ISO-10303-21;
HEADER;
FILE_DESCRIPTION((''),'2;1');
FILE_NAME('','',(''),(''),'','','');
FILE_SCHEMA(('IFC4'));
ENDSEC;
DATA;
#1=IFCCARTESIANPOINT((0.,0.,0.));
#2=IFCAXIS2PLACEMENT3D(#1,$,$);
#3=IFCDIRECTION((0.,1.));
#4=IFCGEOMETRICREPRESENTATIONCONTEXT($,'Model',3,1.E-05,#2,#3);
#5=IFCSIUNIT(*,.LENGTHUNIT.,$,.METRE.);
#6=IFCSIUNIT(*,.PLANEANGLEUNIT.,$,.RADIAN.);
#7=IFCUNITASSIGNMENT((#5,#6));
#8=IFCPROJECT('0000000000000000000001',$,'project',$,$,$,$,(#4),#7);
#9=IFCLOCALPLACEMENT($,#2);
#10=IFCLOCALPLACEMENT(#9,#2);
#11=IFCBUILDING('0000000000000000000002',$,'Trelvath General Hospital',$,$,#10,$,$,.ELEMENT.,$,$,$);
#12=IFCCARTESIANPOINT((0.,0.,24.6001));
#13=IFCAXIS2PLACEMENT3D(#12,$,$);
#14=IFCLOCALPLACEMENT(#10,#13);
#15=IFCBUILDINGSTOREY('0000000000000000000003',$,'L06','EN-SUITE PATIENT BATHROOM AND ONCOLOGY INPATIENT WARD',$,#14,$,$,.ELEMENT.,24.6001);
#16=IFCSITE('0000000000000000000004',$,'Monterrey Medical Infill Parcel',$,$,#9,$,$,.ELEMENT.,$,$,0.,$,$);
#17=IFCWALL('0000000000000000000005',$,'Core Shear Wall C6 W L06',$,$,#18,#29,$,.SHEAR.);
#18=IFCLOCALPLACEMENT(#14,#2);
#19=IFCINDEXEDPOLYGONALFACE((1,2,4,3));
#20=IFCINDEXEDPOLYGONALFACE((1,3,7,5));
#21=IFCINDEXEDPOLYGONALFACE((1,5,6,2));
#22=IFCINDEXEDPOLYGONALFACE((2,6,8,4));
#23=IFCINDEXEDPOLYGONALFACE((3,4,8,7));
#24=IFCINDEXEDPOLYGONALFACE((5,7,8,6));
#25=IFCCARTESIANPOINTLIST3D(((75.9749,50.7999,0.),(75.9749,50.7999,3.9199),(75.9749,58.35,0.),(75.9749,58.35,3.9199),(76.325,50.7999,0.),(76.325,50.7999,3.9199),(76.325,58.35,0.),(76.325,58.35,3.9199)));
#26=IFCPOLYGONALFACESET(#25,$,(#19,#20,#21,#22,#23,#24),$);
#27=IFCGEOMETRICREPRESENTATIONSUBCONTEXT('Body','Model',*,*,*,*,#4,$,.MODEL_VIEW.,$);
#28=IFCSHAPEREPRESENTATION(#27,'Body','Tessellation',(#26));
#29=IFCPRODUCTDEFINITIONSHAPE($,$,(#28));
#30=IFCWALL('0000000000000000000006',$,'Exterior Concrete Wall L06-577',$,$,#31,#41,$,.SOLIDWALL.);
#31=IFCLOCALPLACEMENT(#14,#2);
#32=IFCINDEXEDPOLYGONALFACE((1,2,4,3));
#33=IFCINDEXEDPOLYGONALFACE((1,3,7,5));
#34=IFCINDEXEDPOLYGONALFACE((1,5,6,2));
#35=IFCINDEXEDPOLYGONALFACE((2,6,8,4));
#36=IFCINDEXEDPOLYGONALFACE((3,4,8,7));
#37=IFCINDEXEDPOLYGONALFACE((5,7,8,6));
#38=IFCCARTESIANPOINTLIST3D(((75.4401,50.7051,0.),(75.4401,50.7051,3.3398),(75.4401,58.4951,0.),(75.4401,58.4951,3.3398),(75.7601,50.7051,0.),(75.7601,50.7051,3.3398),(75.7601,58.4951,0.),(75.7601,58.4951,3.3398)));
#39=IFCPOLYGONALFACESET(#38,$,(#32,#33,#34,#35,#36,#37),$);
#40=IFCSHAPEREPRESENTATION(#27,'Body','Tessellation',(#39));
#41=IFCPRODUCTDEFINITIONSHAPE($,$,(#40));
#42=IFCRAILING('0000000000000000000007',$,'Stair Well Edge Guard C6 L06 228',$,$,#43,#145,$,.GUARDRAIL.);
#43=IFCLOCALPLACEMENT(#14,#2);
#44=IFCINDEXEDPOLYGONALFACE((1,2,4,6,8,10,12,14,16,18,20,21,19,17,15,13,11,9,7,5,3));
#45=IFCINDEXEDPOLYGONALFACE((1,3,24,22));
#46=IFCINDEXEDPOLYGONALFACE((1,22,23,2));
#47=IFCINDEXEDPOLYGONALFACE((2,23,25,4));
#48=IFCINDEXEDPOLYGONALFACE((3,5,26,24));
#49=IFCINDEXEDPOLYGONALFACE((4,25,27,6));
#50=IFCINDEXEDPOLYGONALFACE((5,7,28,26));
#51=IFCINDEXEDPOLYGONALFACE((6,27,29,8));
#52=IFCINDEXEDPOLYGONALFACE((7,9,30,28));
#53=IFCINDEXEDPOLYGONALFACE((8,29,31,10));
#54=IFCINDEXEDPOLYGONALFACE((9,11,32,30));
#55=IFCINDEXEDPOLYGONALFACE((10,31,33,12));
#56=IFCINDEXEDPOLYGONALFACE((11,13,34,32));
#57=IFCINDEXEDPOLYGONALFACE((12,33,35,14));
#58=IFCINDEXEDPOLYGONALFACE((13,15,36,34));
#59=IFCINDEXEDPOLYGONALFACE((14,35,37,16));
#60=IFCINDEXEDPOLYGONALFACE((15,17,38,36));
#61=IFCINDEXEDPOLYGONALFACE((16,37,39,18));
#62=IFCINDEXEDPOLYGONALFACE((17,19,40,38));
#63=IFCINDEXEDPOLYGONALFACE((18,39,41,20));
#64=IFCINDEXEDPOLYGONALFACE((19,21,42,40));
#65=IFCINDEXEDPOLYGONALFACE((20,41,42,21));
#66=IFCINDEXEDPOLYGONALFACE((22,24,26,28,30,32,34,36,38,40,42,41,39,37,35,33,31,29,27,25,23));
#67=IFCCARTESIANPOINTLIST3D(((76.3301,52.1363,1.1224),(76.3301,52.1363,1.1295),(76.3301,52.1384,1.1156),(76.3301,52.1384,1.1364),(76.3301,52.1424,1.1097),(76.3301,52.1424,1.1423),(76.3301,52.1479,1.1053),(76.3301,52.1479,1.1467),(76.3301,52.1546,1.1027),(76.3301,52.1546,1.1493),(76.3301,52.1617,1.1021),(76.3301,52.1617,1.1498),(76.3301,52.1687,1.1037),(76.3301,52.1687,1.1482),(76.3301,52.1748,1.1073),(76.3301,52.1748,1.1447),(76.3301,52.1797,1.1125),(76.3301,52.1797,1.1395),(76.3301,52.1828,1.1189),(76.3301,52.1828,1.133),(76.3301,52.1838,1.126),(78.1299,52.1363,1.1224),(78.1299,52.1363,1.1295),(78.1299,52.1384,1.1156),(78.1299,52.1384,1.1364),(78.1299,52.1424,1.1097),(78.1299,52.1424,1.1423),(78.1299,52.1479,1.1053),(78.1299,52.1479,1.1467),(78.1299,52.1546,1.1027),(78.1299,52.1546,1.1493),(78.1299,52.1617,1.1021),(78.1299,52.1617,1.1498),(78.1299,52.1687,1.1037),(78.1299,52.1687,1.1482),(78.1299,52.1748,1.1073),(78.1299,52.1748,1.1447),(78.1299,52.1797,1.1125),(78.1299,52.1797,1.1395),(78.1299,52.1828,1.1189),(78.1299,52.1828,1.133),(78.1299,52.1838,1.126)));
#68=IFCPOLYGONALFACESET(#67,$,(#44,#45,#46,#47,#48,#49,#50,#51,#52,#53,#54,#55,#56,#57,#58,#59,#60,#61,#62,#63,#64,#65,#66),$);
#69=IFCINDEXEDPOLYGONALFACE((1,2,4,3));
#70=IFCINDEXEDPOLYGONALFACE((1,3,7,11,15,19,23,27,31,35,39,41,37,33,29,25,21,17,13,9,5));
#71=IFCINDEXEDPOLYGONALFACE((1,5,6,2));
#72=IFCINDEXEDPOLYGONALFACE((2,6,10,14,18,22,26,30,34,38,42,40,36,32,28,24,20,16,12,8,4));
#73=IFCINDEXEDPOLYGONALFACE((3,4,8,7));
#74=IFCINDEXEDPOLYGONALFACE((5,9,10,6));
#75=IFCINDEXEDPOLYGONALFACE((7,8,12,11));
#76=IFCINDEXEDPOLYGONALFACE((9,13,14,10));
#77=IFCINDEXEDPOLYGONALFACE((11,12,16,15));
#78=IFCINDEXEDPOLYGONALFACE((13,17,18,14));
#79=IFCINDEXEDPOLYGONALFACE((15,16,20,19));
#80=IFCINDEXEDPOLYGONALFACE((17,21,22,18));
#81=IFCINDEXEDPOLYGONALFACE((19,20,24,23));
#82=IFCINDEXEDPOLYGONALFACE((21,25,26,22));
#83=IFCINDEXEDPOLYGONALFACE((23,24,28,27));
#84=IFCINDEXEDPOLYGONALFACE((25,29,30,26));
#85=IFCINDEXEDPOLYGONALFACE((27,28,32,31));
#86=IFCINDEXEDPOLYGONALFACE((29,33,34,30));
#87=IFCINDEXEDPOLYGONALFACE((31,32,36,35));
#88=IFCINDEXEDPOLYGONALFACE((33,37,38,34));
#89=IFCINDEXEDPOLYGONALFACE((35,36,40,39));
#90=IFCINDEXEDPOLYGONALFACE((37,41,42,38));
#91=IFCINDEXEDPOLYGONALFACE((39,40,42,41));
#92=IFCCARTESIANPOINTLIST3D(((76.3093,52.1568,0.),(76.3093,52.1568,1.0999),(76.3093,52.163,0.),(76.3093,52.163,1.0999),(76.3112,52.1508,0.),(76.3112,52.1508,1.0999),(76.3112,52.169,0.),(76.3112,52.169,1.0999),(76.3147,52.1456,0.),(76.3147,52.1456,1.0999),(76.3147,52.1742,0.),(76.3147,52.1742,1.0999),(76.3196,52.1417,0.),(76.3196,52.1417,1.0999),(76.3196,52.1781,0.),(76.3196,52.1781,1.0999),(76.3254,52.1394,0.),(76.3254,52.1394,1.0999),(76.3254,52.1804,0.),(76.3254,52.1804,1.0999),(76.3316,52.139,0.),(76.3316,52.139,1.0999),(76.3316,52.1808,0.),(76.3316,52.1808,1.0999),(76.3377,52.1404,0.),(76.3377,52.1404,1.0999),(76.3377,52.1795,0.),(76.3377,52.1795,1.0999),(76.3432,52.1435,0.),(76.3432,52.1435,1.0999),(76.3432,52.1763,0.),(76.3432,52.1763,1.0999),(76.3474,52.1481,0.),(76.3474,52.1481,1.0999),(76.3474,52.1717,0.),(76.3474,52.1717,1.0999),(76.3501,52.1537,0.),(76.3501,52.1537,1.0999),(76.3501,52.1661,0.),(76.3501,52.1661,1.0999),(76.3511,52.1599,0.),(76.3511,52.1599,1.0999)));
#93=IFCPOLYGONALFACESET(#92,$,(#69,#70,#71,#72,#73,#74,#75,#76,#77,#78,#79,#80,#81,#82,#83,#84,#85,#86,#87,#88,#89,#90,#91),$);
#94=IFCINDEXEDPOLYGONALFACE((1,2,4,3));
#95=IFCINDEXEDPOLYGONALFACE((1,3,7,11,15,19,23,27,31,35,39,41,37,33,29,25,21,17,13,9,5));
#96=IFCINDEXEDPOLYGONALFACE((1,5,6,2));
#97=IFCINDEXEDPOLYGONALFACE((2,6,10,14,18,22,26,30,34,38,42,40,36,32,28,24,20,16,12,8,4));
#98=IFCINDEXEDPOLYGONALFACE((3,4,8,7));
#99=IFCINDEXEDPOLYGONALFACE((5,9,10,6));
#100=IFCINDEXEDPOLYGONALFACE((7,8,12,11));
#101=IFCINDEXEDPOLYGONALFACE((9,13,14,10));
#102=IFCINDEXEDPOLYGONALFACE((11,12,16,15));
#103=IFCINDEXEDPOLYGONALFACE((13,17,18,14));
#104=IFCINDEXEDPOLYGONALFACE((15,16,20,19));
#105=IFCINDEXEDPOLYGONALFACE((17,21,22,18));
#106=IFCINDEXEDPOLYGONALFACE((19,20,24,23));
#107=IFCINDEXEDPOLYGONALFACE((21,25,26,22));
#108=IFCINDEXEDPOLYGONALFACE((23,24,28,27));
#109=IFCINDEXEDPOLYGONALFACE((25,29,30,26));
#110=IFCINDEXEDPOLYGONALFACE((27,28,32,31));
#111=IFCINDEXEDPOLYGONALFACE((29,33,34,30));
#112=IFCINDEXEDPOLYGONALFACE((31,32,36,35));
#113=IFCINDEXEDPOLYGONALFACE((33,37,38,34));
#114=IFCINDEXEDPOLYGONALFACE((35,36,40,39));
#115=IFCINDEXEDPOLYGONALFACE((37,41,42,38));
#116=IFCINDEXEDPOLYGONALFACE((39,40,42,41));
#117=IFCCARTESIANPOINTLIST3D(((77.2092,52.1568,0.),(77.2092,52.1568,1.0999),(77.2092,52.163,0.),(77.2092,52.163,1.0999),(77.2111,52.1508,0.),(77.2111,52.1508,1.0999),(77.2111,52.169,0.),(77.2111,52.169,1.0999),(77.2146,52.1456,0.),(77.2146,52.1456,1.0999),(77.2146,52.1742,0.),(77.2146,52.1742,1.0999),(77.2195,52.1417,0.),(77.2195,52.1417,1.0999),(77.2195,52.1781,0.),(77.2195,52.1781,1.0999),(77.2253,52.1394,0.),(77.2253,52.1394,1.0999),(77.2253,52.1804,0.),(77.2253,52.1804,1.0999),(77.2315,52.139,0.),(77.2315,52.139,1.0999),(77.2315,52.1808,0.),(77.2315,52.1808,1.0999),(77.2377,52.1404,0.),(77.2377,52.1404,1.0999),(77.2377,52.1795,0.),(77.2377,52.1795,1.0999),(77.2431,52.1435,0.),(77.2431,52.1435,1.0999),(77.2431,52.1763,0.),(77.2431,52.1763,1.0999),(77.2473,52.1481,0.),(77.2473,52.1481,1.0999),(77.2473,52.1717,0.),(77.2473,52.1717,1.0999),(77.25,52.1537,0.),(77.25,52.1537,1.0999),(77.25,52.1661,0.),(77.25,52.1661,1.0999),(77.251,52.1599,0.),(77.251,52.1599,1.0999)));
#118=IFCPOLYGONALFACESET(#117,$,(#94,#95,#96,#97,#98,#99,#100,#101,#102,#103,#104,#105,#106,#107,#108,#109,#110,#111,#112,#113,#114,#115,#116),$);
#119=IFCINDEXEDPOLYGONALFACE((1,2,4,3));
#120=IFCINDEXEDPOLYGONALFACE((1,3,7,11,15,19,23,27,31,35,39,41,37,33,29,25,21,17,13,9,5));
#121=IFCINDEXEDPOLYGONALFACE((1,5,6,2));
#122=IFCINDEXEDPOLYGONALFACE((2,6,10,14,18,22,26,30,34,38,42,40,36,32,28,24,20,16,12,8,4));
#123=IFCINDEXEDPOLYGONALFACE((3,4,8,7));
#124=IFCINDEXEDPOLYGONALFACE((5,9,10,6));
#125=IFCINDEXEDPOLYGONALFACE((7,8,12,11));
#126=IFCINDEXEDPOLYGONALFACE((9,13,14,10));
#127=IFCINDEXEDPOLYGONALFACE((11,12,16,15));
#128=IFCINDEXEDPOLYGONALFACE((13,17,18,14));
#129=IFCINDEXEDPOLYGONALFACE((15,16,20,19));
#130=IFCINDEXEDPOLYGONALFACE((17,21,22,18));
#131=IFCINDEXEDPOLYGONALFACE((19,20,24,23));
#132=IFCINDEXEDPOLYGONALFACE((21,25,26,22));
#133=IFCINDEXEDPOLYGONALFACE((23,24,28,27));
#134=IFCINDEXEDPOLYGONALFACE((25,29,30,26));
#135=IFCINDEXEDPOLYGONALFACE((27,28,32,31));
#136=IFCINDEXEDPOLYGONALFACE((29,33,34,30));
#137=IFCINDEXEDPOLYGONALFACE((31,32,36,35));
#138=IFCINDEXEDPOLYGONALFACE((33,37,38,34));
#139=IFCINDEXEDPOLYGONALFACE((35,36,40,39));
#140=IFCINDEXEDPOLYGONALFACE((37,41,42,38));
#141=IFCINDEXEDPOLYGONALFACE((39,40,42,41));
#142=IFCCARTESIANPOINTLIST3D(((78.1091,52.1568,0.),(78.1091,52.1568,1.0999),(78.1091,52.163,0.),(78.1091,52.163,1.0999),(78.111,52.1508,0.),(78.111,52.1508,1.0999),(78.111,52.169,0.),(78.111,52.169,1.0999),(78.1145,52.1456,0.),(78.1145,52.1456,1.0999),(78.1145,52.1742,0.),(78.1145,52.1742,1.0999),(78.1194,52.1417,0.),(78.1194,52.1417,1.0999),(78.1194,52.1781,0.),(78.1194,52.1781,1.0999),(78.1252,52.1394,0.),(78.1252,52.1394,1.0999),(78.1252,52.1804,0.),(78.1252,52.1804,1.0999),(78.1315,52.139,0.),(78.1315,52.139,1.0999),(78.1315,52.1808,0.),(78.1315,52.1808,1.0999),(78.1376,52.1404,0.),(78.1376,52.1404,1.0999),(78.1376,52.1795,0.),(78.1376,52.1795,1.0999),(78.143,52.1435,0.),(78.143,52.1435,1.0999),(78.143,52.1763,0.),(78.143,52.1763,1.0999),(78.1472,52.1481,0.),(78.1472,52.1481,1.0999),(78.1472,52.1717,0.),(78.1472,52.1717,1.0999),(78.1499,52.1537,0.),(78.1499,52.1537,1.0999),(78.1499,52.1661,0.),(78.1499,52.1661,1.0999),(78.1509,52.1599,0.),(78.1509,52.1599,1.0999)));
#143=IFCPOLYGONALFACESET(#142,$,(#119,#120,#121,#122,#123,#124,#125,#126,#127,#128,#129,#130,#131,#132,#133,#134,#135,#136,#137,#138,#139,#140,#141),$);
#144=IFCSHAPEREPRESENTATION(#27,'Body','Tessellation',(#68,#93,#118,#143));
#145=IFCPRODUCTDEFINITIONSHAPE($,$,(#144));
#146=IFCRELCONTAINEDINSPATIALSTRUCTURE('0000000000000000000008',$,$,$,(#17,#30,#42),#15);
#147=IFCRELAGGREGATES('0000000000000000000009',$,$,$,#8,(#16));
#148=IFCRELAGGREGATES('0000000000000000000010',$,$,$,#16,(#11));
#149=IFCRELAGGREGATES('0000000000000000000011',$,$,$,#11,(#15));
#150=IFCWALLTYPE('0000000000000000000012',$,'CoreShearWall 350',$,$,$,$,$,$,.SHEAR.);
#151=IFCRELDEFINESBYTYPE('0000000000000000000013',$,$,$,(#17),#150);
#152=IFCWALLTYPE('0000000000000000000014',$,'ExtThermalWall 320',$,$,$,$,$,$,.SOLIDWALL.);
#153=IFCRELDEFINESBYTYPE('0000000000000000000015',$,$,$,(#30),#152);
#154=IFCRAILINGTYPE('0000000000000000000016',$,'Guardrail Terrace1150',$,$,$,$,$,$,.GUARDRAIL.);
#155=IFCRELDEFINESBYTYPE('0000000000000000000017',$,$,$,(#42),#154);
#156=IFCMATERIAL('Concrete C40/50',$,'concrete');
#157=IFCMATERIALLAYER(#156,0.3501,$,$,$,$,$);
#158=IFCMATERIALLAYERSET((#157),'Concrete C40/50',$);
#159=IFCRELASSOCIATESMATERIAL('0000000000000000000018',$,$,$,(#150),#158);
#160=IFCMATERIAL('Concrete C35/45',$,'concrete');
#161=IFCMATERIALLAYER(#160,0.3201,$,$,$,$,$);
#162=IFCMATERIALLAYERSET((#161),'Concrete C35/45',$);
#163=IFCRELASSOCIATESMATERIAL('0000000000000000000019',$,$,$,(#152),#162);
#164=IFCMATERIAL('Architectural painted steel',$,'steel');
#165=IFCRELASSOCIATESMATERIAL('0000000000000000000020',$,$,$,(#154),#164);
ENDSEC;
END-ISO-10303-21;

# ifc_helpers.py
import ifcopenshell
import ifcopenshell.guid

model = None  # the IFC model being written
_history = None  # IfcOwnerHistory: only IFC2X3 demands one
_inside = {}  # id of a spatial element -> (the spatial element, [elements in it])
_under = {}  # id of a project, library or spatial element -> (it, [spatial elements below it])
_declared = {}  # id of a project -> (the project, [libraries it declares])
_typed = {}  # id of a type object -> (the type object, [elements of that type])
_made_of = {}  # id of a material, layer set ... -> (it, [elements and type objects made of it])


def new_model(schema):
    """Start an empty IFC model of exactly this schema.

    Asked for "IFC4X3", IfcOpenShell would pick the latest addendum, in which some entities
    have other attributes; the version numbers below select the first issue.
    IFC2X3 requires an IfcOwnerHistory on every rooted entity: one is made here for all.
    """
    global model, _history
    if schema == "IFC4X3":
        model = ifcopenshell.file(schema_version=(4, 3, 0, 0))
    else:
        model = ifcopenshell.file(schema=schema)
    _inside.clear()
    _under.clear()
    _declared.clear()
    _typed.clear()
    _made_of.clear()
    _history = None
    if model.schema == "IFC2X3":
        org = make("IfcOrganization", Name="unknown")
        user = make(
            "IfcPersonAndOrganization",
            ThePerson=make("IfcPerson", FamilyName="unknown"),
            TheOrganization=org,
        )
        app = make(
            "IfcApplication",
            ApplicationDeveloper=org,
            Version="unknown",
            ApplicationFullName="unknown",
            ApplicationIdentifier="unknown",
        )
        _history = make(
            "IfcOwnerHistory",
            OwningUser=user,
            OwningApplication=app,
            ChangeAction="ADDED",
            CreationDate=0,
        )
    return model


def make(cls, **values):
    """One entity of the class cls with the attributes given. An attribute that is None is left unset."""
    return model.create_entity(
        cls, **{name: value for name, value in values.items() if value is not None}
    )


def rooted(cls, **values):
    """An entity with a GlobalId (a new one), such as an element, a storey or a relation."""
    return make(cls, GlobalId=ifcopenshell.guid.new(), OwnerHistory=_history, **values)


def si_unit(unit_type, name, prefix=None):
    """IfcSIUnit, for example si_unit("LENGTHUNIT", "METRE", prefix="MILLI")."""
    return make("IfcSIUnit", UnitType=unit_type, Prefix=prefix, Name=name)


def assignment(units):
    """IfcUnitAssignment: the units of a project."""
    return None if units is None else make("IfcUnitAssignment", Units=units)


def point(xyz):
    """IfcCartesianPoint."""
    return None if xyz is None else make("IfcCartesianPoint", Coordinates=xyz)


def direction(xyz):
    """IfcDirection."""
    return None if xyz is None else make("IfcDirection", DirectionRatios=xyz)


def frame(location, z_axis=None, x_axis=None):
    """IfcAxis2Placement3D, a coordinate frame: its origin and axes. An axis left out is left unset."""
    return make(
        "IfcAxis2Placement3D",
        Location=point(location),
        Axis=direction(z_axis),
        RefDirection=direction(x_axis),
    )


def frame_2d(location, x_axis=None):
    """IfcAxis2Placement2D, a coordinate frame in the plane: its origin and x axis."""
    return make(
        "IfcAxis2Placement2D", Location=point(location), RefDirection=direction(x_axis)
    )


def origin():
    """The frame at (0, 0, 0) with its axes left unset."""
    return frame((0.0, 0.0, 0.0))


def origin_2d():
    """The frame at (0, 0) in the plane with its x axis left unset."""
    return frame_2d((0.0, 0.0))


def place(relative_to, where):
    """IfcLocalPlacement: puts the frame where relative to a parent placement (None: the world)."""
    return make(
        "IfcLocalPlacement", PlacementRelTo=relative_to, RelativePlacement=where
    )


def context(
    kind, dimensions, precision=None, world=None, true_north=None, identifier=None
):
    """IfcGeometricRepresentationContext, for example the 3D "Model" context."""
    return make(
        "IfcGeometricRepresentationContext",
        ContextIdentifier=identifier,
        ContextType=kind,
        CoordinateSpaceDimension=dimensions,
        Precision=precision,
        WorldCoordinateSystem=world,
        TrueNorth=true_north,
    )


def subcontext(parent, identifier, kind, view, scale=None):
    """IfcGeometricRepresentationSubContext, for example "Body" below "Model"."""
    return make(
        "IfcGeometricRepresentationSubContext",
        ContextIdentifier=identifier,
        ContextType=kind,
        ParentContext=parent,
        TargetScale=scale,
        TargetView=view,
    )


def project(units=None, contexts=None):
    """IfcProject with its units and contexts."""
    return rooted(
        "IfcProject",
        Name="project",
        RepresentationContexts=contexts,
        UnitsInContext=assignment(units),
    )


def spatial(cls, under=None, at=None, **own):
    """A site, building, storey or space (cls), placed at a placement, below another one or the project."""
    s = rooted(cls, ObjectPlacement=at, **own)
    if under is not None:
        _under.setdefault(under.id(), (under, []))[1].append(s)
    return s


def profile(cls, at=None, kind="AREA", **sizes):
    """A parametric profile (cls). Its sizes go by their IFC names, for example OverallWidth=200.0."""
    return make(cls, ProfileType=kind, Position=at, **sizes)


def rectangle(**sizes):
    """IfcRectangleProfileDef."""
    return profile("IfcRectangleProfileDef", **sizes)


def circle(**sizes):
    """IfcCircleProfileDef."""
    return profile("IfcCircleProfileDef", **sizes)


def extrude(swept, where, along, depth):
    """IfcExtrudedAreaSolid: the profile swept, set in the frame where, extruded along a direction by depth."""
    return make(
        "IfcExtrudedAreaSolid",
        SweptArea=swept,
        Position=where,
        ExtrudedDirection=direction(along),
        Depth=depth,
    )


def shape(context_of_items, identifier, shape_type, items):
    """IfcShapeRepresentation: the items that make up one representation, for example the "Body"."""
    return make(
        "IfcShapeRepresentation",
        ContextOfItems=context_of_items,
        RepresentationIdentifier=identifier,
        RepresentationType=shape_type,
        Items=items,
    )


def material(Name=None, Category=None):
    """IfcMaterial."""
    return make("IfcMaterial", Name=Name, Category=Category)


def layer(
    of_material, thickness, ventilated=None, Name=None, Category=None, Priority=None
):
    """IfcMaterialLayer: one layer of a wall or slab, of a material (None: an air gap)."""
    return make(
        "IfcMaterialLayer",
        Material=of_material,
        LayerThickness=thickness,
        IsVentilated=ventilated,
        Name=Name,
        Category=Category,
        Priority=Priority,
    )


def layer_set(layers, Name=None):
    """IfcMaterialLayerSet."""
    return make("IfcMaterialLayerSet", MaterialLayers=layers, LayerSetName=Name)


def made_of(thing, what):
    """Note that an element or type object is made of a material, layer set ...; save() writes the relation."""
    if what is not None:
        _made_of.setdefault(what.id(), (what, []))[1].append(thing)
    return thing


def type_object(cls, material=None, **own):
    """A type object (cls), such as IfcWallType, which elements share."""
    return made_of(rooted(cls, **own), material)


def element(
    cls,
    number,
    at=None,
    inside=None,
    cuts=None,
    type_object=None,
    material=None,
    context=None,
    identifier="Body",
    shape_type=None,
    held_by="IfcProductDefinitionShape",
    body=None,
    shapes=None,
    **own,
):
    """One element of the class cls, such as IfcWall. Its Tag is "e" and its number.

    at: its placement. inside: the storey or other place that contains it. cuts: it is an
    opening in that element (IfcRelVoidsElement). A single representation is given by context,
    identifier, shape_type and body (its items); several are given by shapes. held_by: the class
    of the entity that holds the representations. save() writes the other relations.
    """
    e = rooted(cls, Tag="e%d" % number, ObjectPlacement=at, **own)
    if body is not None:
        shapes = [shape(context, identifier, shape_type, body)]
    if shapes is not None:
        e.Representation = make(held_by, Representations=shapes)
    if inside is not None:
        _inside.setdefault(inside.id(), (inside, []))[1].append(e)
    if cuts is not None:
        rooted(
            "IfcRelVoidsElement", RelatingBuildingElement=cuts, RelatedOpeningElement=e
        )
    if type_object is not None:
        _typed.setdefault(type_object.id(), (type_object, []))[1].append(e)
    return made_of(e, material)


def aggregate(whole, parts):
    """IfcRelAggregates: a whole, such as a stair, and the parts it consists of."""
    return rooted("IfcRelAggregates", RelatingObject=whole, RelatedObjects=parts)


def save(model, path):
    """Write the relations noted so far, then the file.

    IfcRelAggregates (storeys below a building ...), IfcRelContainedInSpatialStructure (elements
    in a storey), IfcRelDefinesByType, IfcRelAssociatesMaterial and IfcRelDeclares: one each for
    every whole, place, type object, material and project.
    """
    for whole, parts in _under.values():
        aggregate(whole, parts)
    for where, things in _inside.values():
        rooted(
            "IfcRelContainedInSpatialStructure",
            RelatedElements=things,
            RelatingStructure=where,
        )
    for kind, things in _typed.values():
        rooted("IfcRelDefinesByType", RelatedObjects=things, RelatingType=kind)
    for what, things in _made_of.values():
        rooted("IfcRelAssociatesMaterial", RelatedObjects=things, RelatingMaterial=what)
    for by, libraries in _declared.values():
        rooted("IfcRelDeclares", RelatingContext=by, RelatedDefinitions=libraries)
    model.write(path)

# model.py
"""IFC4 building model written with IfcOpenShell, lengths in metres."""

from ifc_helpers import new_model, si_unit, direction, frame, frame_2d, origin, origin_2d, place, context, subcontext, project, spatial, rectangle, circle, extrude, material, layer, layer_set, type_object, element, save


model = new_model("IFC4")

# Units and contexts
model_context = context("Model", 3, precision=1e-05, world=origin(), true_north=direction((0.0, 1.0)))
body_context = subcontext(model_context, "Body", "Model", "MODEL_VIEW")
ifc_project = project(units=[si_unit("LENGTHUNIT", "METRE"), si_unit("PLANEANGLEUNIT", "RADIAN")], contexts=[model_context])

# Site, building, storey
site_placement = place(None, origin())
site = spatial("IfcSite", under=ifc_project, at=site_placement, Name="Monterrey Medical Infill Parcel", CompositionType="ELEMENT", RefElevation=0.0)
building_placement = place(site_placement, origin())
building = spatial("IfcBuilding", under=site, at=building_placement, Name="Trelvath General Hospital", CompositionType="ELEMENT")
storey_placement = place(building_placement, frame((0.0, 0.0, 24.6001)))
storey = spatial("IfcBuildingStorey", under=building, at=storey_placement, Name="L06", Description="EN-SUITE PATIENT BATHROOM AND ONCOLOGY INPATIENT WARD", CompositionType="ELEMENT", Elevation=24.6001)

# Shared definitions
ifc_material_1 = material(Name="Concrete C40/50", Category="concrete")
ifc_layer_1 = layer(ifc_material_1, 0.3501)
ifc_layer_set_1 = layer_set([ifc_layer_1], Name="Concrete C40/50")
wall_type_1 = type_object("IfcWallType", Name="CoreShearWall 350", PredefinedType="SHEAR", material=ifc_layer_set_1)

# Wall
wall_1_placement = place(storey_placement, frame((76.1499, 50.8, 0.0), z_axis=(0.0, 0.0, 1.0), x_axis=(0.0, 1.0, 0.0)))
element("IfcWall", 1, at=wall_1_placement, inside=storey, type_object=wall_type_1, Name="Core Shear Wall C6 W L06", PredefinedType="SHEAR", context=body_context, shape_type="SweptSolid", body=[
    extrude(rectangle(XDim=7.55, YDim=0.3501, at=frame_2d((3.7749, 0.0))), origin(), (0.0, 0.0, 1.0), 3.9199),
])

# Wall
ifc_material_2 = material(Name="Concrete C35/45", Category="concrete")
ifc_layer_2 = layer(ifc_material_2, 0.3201)
ifc_layer_set_2 = layer_set([ifc_layer_2], Name="Concrete C35/45")
wall_type_2 = type_object("IfcWallType", Name="ExtThermalWall 320", PredefinedType="SOLIDWALL", material=ifc_layer_set_2)
wall_2_placement = place(storey_placement, frame((75.6001, 50.7051, 0.0), z_axis=(0.0, 0.0, 1.0), x_axis=(0.0, 1.0, 0.0)))
element("IfcWall", 2, at=wall_2_placement, inside=storey, type_object=wall_type_2, Name="Exterior Concrete Wall L06-577", PredefinedType="SOLIDWALL", context=body_context, shape_type="SweptSolid", body=[
    extrude(rectangle(XDim=7.79, YDim=0.3201, at=frame_2d((3.895, 0.0))), origin(), (0.0, 0.0, 1.0), 3.3398),
])

# Railing
ifc_material_3 = material(Name="Architectural painted steel", Category="steel")
railing_type = type_object("IfcRailingType", Name="Guardrail Terrace1150", PredefinedType="GUARDRAIL", material=ifc_material_3)
railing_1_placement = place(storey_placement, frame((76.3301, 52.1599, 0.0)))
element("IfcRailing", 3, at=railing_1_placement, inside=storey, type_object=railing_type, Name="Stair Well Edge Guard C6 L06 228", PredefinedType="GUARDRAIL", context=body_context, shape_type="SweptSolid", body=[
    extrude(circle(Radius=0.0239, at=origin_2d()), frame((0.0, 0.0, 1.126), z_axis=(1.0, 0.0, 0.0), x_axis=(0.0, 1.0, 0.0)), (0.0, 0.0, 1.0), 1.7998),
    extrude(circle(Radius=0.021, at=origin_2d()), origin(), (0.0, 0.0, 1.0), 1.0999),
    extrude(circle(Radius=0.021, at=origin_2d()), frame((0.8999, 0.0, 0.0)), (0.0, 0.0, 1.0), 1.0999),
    extrude(circle(Radius=0.021, at=origin_2d()), frame((1.7998, 0.0, 0.0)), (0.0, 0.0, 1.0), 1.0999),
])

save(model, "model.ifc")
